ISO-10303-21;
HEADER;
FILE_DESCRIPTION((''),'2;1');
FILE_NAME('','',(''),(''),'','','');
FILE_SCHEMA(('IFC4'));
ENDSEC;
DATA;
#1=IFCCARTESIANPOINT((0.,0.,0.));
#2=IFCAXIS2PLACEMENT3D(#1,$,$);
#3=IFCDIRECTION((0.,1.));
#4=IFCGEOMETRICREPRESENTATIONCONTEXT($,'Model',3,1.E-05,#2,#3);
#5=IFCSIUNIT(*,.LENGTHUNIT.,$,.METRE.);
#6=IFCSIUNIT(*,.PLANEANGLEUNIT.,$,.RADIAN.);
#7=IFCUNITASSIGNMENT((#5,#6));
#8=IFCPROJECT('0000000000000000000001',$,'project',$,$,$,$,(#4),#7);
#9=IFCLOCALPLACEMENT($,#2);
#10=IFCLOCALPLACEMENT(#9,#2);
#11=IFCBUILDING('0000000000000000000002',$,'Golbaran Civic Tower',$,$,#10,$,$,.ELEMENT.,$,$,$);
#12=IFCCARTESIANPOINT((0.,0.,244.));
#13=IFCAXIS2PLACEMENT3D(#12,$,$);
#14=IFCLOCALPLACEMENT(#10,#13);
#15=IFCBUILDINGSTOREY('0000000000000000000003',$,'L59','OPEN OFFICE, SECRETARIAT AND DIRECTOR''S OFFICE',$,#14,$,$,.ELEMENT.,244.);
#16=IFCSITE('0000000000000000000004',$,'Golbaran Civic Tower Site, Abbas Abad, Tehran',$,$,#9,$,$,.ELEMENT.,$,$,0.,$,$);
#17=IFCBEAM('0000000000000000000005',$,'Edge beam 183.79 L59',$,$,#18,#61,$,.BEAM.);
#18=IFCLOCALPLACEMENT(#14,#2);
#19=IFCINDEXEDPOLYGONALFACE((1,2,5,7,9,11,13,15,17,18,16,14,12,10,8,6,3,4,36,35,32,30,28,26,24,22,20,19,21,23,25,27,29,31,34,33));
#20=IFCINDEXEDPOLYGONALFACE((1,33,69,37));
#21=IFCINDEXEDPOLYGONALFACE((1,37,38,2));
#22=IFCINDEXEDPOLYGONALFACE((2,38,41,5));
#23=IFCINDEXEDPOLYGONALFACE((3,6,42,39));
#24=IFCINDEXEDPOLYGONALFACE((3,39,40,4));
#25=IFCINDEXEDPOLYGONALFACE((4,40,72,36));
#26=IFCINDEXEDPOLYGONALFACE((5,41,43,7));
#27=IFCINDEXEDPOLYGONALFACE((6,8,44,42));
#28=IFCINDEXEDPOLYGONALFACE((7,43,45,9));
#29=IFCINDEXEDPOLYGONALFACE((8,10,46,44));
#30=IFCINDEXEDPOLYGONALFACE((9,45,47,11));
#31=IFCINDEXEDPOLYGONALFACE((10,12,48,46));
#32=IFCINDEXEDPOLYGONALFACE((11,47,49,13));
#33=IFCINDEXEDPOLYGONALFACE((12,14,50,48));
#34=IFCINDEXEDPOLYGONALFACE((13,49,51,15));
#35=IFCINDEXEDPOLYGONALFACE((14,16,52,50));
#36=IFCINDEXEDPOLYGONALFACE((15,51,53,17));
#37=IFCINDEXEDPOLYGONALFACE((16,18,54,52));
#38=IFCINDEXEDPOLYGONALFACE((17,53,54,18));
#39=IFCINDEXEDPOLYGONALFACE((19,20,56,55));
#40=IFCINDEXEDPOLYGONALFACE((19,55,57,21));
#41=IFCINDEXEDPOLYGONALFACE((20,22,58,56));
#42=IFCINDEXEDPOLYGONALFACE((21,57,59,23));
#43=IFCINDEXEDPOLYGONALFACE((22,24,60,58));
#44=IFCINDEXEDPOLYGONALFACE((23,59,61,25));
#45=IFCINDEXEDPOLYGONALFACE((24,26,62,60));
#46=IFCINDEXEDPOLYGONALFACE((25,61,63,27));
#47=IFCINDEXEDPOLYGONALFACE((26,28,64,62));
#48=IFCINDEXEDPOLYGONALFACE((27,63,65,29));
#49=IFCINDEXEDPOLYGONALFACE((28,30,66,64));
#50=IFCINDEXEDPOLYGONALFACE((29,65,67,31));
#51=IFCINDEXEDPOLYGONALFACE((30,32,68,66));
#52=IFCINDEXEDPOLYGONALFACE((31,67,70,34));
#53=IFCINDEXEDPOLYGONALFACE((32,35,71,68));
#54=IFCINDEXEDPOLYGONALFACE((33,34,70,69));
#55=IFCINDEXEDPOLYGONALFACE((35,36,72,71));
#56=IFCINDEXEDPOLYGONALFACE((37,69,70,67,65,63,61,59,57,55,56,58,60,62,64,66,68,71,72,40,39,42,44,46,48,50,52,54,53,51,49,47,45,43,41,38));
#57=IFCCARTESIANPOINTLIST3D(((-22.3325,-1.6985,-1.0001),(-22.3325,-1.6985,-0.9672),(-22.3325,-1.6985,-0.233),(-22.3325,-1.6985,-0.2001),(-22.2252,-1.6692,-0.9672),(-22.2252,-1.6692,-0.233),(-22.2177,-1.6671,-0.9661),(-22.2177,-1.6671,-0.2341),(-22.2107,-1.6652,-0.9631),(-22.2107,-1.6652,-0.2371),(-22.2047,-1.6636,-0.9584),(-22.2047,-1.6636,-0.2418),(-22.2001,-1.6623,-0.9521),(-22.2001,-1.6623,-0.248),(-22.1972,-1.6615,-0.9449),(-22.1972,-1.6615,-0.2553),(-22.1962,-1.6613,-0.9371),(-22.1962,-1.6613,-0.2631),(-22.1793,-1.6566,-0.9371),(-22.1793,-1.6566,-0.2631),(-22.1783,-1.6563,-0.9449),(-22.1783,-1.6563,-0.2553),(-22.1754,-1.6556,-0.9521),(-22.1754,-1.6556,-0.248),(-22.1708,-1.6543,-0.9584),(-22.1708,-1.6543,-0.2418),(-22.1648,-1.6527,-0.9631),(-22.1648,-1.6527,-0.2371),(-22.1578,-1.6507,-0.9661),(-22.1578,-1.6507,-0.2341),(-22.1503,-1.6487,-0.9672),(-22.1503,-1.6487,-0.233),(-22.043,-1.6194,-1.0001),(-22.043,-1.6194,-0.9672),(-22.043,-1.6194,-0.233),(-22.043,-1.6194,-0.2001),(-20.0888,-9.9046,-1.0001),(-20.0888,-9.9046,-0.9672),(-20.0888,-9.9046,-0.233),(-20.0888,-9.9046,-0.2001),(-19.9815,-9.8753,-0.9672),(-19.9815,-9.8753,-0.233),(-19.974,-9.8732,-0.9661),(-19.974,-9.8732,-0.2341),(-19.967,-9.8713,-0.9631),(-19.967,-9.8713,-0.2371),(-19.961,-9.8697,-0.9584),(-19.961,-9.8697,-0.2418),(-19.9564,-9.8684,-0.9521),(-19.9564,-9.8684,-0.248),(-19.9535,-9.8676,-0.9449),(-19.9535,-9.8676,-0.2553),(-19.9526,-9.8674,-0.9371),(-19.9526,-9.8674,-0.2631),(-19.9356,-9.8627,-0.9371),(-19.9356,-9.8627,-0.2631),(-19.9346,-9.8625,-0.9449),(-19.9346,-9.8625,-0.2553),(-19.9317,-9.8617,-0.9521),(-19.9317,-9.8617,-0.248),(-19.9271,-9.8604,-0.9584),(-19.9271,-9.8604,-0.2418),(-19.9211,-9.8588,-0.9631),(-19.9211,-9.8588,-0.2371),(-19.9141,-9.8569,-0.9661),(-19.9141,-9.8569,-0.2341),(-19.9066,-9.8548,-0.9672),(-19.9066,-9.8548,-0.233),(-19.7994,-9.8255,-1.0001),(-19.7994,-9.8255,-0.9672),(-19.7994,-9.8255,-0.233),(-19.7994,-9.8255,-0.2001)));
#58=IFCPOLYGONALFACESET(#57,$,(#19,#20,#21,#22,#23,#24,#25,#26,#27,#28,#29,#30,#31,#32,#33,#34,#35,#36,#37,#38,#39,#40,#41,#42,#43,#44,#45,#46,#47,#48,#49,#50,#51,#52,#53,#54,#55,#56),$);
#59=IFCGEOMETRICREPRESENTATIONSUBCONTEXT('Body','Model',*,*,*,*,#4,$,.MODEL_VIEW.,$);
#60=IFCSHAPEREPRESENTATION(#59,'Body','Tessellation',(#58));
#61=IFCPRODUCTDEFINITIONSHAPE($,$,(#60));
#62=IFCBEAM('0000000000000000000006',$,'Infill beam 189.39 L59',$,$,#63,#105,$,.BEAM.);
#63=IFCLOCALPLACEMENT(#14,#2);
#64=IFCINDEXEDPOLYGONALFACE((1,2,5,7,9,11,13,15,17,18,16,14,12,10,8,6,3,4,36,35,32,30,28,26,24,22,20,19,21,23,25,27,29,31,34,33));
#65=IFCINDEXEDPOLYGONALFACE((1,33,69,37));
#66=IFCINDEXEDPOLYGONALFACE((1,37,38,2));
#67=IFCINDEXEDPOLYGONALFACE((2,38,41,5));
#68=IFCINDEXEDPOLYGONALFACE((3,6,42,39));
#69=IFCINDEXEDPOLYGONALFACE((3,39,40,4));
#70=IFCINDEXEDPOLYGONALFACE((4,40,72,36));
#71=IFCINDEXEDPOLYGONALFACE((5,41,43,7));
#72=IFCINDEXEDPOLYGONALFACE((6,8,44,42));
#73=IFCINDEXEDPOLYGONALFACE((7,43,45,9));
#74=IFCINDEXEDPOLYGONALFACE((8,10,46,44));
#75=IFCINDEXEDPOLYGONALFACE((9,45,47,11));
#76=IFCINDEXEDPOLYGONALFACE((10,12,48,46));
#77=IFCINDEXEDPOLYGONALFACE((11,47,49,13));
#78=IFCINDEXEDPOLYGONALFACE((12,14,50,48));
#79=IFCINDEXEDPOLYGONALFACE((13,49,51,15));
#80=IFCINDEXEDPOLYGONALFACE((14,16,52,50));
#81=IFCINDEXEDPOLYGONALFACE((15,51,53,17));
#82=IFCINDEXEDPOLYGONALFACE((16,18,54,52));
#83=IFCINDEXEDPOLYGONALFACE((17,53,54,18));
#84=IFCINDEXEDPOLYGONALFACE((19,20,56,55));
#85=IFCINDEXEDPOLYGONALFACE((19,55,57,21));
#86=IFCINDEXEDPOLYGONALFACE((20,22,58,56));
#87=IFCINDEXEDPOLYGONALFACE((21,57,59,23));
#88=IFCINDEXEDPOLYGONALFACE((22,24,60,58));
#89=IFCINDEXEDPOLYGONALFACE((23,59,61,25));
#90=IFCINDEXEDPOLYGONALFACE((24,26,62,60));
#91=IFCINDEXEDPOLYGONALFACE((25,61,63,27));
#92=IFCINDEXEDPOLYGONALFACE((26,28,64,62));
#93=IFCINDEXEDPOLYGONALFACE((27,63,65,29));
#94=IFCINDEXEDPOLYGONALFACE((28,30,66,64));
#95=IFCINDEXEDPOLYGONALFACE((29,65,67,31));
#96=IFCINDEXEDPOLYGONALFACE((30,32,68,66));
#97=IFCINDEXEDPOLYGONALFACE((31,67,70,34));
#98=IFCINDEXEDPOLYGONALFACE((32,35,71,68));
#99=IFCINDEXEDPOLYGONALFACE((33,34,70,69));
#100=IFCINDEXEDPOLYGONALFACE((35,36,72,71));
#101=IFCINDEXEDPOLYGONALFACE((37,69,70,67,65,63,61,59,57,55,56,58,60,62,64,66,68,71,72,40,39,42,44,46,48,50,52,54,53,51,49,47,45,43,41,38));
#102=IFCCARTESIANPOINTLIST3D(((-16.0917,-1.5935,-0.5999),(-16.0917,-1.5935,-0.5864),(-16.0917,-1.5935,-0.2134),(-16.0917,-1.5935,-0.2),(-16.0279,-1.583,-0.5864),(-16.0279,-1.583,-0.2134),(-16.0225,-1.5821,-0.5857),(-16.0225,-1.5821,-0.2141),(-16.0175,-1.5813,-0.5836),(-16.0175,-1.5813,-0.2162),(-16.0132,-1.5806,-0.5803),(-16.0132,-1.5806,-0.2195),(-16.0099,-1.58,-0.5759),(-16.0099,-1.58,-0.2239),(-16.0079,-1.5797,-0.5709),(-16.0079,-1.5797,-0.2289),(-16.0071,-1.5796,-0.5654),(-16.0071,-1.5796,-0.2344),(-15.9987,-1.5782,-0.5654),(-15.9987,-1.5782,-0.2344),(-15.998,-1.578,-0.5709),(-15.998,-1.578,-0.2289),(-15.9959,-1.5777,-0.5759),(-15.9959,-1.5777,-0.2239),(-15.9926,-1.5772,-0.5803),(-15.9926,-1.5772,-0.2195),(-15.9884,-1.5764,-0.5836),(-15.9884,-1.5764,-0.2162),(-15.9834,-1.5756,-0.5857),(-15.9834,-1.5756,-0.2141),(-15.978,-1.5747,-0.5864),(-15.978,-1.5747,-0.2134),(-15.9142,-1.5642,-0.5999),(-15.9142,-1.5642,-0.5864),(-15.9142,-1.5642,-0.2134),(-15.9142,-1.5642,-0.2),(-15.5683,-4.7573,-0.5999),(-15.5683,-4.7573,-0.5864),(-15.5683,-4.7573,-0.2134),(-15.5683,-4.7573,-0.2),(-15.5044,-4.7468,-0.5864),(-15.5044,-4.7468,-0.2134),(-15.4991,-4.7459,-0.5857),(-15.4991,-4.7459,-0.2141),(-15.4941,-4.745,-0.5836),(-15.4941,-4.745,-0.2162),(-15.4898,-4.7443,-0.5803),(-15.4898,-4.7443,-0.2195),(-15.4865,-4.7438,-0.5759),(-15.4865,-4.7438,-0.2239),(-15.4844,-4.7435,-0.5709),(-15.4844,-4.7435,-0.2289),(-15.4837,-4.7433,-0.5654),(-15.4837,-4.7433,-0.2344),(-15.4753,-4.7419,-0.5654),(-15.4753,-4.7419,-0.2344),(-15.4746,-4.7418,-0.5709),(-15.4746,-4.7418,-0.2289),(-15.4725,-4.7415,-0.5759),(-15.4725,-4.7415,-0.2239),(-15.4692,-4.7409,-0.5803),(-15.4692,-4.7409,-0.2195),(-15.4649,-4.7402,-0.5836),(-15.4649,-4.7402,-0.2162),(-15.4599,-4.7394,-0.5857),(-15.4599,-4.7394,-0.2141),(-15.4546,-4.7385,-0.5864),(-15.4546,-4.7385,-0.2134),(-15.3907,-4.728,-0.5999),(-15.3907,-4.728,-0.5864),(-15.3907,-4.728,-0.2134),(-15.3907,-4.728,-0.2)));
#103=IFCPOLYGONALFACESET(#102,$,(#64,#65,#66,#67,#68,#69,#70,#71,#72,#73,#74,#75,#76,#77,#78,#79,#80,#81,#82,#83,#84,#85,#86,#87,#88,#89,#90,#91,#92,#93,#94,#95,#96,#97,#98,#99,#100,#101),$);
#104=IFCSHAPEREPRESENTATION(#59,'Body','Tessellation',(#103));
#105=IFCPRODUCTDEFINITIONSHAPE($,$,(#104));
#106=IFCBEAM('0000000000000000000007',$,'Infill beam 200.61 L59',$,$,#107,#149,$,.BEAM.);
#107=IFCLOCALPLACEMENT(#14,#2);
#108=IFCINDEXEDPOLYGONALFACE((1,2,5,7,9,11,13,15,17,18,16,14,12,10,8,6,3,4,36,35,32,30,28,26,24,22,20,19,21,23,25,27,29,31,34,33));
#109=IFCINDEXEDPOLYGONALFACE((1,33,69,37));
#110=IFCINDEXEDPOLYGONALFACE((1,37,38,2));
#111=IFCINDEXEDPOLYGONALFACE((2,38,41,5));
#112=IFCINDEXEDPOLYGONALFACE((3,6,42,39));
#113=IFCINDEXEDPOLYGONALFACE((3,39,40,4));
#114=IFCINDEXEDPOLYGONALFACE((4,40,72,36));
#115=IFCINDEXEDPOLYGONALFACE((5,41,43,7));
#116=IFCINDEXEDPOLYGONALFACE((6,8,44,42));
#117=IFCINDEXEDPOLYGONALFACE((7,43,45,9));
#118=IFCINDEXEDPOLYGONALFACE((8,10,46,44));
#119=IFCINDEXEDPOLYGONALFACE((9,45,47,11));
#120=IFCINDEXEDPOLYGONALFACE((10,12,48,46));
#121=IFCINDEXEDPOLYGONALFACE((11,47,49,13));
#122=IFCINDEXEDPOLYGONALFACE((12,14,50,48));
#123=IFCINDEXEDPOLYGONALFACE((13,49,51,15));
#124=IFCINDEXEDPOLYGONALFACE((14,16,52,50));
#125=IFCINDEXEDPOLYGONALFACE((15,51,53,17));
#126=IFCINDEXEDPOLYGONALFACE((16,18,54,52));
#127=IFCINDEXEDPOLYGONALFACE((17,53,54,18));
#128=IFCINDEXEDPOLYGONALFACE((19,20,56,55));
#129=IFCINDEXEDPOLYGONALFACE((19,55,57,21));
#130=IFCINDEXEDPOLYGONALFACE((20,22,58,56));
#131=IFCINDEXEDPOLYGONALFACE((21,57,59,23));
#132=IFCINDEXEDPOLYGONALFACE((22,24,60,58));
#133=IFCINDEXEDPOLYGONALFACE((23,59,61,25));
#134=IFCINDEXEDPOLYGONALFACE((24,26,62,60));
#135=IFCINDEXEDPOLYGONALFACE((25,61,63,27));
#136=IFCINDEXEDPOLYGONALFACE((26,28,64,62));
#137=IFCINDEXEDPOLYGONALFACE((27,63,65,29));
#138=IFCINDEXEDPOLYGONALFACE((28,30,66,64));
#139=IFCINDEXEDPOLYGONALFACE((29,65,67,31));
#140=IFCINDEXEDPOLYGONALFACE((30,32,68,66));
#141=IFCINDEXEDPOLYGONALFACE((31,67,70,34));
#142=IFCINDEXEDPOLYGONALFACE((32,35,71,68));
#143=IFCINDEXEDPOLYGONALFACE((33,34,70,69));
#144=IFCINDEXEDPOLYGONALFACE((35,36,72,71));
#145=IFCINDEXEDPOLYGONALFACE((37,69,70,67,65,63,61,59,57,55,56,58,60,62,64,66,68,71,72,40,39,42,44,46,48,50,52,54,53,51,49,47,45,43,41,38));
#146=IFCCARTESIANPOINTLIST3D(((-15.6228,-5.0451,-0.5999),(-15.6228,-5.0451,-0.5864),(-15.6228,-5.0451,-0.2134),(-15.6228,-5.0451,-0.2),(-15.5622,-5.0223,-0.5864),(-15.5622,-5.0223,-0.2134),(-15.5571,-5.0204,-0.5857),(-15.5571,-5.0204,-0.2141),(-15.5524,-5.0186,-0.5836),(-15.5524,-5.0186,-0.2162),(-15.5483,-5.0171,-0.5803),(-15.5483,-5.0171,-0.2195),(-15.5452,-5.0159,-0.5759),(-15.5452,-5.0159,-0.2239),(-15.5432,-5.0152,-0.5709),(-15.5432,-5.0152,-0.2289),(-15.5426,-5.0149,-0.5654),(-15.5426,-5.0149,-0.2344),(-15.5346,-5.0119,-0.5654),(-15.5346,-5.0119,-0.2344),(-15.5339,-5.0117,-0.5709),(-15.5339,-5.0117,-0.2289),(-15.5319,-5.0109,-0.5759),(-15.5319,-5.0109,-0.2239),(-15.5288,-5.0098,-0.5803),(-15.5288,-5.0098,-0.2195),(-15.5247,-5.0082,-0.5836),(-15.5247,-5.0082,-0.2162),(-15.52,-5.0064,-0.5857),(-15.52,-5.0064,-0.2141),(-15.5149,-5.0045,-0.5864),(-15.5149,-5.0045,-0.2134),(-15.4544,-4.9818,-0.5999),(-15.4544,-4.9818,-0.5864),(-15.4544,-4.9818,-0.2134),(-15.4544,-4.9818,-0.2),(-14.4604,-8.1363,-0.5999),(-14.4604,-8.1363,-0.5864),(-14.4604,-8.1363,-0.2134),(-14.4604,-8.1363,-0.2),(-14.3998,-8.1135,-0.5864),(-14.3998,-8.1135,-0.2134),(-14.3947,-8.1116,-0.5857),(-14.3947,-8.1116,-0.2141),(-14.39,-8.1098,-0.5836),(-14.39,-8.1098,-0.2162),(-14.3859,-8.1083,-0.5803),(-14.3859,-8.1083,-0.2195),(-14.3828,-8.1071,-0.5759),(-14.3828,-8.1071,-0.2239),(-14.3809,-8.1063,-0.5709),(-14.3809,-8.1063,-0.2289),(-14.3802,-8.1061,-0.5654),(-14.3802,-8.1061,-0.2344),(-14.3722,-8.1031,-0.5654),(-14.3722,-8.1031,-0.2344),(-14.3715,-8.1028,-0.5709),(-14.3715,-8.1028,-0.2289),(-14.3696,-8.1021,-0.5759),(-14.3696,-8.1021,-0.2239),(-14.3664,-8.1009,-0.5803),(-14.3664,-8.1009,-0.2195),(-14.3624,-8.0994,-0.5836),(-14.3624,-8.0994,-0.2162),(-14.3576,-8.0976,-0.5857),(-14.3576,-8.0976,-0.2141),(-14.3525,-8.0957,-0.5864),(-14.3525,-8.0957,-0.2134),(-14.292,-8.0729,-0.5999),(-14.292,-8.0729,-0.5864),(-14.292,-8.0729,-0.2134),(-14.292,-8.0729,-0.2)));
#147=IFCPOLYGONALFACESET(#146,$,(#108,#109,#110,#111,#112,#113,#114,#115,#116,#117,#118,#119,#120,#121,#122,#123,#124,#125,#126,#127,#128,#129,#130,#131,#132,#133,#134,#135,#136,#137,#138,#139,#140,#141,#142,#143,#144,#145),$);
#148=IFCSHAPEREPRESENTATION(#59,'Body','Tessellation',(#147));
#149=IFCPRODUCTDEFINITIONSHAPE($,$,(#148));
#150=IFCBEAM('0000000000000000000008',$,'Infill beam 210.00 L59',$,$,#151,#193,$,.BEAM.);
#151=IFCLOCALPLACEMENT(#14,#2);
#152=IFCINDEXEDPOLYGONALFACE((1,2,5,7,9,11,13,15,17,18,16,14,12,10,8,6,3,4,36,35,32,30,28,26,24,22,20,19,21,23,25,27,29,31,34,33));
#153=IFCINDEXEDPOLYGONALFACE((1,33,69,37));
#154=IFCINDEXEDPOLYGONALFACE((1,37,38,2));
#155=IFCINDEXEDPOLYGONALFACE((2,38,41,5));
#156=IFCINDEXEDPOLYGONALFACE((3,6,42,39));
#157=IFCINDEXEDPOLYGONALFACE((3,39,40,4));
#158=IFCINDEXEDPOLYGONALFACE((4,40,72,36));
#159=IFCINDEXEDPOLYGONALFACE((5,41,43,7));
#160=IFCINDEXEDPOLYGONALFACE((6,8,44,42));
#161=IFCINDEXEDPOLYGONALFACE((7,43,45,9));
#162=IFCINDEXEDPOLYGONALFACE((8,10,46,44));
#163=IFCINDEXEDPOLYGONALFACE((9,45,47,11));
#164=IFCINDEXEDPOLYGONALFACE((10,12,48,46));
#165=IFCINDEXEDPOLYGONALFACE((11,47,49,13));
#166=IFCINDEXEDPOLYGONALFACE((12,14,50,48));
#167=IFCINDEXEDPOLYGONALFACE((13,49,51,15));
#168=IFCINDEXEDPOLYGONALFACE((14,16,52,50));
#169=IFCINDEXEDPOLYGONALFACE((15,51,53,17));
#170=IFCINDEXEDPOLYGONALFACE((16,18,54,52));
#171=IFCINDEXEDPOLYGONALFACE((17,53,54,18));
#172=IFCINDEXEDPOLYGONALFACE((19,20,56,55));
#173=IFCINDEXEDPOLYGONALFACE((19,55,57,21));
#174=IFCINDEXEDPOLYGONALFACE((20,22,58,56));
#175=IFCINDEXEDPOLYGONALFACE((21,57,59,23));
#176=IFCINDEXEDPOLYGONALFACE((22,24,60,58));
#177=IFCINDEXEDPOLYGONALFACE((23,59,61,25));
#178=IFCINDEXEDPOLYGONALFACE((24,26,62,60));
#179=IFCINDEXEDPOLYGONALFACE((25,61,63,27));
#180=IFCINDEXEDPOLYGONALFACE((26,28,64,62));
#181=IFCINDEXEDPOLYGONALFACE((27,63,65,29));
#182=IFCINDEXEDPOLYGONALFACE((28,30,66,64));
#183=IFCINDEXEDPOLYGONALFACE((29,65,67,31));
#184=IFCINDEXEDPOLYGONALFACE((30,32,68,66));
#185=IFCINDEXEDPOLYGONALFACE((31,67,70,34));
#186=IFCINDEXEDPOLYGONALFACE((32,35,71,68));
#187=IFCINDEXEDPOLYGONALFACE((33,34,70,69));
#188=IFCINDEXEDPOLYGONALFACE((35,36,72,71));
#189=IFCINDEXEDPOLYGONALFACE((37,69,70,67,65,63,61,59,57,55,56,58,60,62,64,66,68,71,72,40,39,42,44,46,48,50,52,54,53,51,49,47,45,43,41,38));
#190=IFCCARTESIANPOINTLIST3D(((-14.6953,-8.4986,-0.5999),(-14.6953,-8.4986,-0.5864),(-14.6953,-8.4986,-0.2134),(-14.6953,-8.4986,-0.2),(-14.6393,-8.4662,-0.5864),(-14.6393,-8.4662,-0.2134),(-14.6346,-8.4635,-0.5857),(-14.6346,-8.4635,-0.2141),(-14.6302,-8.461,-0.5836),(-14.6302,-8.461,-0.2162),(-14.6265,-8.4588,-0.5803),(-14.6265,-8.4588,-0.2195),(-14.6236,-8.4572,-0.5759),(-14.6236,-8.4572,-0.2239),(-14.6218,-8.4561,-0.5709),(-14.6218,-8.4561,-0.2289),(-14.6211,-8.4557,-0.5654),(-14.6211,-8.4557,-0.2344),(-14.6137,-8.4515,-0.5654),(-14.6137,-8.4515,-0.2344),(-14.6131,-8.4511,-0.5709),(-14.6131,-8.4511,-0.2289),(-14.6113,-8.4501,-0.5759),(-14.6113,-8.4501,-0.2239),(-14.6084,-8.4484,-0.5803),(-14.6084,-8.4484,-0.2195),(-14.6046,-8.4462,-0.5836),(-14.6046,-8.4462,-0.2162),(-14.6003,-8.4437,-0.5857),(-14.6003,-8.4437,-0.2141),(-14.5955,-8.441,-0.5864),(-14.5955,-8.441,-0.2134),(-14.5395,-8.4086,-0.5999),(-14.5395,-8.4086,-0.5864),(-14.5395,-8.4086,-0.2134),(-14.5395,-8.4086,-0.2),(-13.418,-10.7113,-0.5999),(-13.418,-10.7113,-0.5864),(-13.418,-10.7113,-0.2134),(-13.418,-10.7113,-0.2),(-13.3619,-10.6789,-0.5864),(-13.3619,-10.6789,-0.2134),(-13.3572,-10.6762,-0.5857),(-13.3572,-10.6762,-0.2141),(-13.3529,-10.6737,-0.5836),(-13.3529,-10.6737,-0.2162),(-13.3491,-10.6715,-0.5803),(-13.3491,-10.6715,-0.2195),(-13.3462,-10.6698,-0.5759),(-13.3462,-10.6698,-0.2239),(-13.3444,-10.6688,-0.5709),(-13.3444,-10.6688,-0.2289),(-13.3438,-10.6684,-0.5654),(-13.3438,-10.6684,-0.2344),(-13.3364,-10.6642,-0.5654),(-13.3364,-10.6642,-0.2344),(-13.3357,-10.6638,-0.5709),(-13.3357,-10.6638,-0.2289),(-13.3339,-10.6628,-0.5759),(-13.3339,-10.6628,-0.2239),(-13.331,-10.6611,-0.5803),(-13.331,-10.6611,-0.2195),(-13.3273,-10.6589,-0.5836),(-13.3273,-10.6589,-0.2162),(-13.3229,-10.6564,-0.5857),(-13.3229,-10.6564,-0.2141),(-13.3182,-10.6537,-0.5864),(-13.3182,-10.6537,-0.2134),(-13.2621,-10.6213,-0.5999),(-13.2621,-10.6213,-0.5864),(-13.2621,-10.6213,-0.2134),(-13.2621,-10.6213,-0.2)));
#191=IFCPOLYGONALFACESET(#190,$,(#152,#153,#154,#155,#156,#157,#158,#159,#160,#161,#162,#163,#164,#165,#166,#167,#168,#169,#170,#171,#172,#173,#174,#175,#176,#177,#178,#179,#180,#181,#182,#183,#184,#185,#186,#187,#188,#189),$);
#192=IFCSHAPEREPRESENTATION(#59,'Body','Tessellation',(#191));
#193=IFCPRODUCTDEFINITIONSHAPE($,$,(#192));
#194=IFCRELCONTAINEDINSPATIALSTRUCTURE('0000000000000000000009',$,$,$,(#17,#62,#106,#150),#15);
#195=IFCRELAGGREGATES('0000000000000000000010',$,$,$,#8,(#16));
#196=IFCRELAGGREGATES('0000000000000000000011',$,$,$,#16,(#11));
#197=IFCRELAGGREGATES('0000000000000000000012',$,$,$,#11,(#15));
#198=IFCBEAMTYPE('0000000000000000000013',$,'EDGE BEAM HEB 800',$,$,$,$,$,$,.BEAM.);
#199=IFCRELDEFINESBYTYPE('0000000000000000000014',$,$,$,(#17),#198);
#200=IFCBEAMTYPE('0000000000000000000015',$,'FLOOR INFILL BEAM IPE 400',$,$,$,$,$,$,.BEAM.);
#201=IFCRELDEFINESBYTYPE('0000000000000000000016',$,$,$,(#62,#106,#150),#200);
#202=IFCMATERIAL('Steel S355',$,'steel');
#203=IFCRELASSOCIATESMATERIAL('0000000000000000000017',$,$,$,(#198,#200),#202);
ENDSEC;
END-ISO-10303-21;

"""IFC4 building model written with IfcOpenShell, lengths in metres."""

from ifc_helpers import new_model, si_unit, direction, frame, origin, origin_2d, place, context, subcontext, project, spatial, i_section, extrude, material, material_profile, profile_set, type_object, element, save


model = new_model("IFC4")

# Units and contexts
model_context = context("Model", 3, precision=1e-05, world=origin(), true_north=direction((0.0, 1.0)))
body_context = subcontext(model_context, "Body", "Model", "MODEL_VIEW")
ifc_project = project(units=[si_unit("LENGTHUNIT", "METRE"), si_unit("PLANEANGLEUNIT", "RADIAN")], contexts=[model_context])

# Site, building, storey
site_placement = place(None, origin())
site = spatial("IfcSite", under=ifc_project, at=site_placement, Name="Golbaran Civic Tower Site, Abbas Abad, Tehran", CompositionType="ELEMENT", RefElevation=0.0)
building_placement = place(site_placement, origin())
building = spatial("IfcBuilding", under=site, at=building_placement, Name="Golbaran Civic Tower", CompositionType="ELEMENT")
storey_placement = place(building_placement, frame((0.0, 0.0, 244.0)))
storey = spatial("IfcBuildingStorey", under=building, at=storey_placement, Name="L59", Description="OPEN OFFICE, SECRETARIAT AND DIRECTOR'S OFFICE", CompositionType="ELEMENT", Elevation=244.0)

# Beams
ifc_material_1 = material(Name="Steel S355", Category="steel")
ifc_material_profile_1 = material_profile(ifc_material_1, i_section(OverallWidth=0.3, OverallDepth=0.8, WebThickness=0.0176, FlangeThickness=0.033, FilletRadius=0.03, at=origin_2d()), Name="HEB 800")
ifc_profile_set_1 = profile_set([ifc_material_profile_1], Name="Steel S355")
beam_type_1 = type_object("IfcBeamType", Name="EDGE BEAM HEB 800", PredefinedType="BEAM", material=ifc_profile_set_1)
beam_1_placement = place(storey_placement, frame((-22.1877, -1.6589, -0.6001), z_axis=(0.263734, -0.964595, 0.0), x_axis=(0.964595, 0.263734, 0.0)))
element("IfcBeam", 1, at=beam_1_placement, inside=storey, type_object=beam_type_1, Name="Edge beam 183.79 L59", PredefinedType="BEAM", context=body_context, shape_type="SweptSolid", body=[
    extrude(i_section(OverallWidth=0.3, OverallDepth=0.8, WebThickness=0.0176, FlangeThickness=0.033, FilletRadius=0.03, at=origin_2d()), origin(), (0.0, 0.0, 1.0), 8.5073),
])
ifc_material_profile_2 = material_profile(ifc_material_1, i_section(OverallWidth=0.1799, OverallDepth=0.3999, WebThickness=0.0085, FlangeThickness=0.0134, FilletRadius=0.021, at=origin_2d()), Name="IPE 400")
ifc_profile_set_2 = profile_set([ifc_material_profile_2], Name="Steel S355")
beam_type_2 = type_object("IfcBeamType", Name="FLOOR INFILL BEAM IPE 400", PredefinedType="BEAM", material=ifc_profile_set_2)
beam_2_placement = place(storey_placement, frame((-16.0029, -1.5789, -0.3999), z_axis=(0.163226, -0.986589, 0.0), x_axis=(0.986589, 0.163226, 0.0)))
element("IfcBeam", 2, at=beam_2_placement, inside=storey, type_object=beam_type_2, Name="Infill beam 189.39 L59", PredefinedType="BEAM", context=body_context, shape_type="SweptSolid", body=[
    extrude(i_section(OverallWidth=0.1799, OverallDepth=0.3999, WebThickness=0.0085, FlangeThickness=0.0134, FilletRadius=0.021, at=origin_2d()), origin(), (0.0, 0.0, 1.0), 3.2068),
])
beam_3_placement = place(storey_placement, frame((-15.5386, -5.0134, -0.3999), z_axis=(0.351974, -0.93601, 0.0), x_axis=(0.93601, 0.351974, 0.0)))
element("IfcBeam", 3, at=beam_3_placement, inside=storey, type_object=beam_type_2, Name="Infill beam 200.61 L59", PredefinedType="BEAM", context=body_context, shape_type="SweptSolid", body=[
    extrude(i_section(OverallWidth=0.1799, OverallDepth=0.3999, WebThickness=0.0085, FlangeThickness=0.0134, FilletRadius=0.021, at=origin_2d()), origin(), (0.0, 0.0, 1.0), 3.3025),
])
beam_4_placement = place(storey_placement, frame((-14.6174, -8.4536, -0.3999), z_axis=(0.499962, -0.866047, 0.0), x_axis=(0.866047, 0.499962, 0.0)))
element("IfcBeam", 4, at=beam_4_placement, inside=storey, type_object=beam_type_2, Name="Infill beam 210.00 L59", PredefinedType="BEAM", context=body_context, shape_type="SweptSolid", body=[
    extrude(i_section(OverallWidth=0.1799, OverallDepth=0.3999, WebThickness=0.0085, FlangeThickness=0.0134, FilletRadius=0.021, at=origin_2d()), origin(), (0.0, 0.0, 1.0), 2.5549),
])

save(model, "model.ifc")
